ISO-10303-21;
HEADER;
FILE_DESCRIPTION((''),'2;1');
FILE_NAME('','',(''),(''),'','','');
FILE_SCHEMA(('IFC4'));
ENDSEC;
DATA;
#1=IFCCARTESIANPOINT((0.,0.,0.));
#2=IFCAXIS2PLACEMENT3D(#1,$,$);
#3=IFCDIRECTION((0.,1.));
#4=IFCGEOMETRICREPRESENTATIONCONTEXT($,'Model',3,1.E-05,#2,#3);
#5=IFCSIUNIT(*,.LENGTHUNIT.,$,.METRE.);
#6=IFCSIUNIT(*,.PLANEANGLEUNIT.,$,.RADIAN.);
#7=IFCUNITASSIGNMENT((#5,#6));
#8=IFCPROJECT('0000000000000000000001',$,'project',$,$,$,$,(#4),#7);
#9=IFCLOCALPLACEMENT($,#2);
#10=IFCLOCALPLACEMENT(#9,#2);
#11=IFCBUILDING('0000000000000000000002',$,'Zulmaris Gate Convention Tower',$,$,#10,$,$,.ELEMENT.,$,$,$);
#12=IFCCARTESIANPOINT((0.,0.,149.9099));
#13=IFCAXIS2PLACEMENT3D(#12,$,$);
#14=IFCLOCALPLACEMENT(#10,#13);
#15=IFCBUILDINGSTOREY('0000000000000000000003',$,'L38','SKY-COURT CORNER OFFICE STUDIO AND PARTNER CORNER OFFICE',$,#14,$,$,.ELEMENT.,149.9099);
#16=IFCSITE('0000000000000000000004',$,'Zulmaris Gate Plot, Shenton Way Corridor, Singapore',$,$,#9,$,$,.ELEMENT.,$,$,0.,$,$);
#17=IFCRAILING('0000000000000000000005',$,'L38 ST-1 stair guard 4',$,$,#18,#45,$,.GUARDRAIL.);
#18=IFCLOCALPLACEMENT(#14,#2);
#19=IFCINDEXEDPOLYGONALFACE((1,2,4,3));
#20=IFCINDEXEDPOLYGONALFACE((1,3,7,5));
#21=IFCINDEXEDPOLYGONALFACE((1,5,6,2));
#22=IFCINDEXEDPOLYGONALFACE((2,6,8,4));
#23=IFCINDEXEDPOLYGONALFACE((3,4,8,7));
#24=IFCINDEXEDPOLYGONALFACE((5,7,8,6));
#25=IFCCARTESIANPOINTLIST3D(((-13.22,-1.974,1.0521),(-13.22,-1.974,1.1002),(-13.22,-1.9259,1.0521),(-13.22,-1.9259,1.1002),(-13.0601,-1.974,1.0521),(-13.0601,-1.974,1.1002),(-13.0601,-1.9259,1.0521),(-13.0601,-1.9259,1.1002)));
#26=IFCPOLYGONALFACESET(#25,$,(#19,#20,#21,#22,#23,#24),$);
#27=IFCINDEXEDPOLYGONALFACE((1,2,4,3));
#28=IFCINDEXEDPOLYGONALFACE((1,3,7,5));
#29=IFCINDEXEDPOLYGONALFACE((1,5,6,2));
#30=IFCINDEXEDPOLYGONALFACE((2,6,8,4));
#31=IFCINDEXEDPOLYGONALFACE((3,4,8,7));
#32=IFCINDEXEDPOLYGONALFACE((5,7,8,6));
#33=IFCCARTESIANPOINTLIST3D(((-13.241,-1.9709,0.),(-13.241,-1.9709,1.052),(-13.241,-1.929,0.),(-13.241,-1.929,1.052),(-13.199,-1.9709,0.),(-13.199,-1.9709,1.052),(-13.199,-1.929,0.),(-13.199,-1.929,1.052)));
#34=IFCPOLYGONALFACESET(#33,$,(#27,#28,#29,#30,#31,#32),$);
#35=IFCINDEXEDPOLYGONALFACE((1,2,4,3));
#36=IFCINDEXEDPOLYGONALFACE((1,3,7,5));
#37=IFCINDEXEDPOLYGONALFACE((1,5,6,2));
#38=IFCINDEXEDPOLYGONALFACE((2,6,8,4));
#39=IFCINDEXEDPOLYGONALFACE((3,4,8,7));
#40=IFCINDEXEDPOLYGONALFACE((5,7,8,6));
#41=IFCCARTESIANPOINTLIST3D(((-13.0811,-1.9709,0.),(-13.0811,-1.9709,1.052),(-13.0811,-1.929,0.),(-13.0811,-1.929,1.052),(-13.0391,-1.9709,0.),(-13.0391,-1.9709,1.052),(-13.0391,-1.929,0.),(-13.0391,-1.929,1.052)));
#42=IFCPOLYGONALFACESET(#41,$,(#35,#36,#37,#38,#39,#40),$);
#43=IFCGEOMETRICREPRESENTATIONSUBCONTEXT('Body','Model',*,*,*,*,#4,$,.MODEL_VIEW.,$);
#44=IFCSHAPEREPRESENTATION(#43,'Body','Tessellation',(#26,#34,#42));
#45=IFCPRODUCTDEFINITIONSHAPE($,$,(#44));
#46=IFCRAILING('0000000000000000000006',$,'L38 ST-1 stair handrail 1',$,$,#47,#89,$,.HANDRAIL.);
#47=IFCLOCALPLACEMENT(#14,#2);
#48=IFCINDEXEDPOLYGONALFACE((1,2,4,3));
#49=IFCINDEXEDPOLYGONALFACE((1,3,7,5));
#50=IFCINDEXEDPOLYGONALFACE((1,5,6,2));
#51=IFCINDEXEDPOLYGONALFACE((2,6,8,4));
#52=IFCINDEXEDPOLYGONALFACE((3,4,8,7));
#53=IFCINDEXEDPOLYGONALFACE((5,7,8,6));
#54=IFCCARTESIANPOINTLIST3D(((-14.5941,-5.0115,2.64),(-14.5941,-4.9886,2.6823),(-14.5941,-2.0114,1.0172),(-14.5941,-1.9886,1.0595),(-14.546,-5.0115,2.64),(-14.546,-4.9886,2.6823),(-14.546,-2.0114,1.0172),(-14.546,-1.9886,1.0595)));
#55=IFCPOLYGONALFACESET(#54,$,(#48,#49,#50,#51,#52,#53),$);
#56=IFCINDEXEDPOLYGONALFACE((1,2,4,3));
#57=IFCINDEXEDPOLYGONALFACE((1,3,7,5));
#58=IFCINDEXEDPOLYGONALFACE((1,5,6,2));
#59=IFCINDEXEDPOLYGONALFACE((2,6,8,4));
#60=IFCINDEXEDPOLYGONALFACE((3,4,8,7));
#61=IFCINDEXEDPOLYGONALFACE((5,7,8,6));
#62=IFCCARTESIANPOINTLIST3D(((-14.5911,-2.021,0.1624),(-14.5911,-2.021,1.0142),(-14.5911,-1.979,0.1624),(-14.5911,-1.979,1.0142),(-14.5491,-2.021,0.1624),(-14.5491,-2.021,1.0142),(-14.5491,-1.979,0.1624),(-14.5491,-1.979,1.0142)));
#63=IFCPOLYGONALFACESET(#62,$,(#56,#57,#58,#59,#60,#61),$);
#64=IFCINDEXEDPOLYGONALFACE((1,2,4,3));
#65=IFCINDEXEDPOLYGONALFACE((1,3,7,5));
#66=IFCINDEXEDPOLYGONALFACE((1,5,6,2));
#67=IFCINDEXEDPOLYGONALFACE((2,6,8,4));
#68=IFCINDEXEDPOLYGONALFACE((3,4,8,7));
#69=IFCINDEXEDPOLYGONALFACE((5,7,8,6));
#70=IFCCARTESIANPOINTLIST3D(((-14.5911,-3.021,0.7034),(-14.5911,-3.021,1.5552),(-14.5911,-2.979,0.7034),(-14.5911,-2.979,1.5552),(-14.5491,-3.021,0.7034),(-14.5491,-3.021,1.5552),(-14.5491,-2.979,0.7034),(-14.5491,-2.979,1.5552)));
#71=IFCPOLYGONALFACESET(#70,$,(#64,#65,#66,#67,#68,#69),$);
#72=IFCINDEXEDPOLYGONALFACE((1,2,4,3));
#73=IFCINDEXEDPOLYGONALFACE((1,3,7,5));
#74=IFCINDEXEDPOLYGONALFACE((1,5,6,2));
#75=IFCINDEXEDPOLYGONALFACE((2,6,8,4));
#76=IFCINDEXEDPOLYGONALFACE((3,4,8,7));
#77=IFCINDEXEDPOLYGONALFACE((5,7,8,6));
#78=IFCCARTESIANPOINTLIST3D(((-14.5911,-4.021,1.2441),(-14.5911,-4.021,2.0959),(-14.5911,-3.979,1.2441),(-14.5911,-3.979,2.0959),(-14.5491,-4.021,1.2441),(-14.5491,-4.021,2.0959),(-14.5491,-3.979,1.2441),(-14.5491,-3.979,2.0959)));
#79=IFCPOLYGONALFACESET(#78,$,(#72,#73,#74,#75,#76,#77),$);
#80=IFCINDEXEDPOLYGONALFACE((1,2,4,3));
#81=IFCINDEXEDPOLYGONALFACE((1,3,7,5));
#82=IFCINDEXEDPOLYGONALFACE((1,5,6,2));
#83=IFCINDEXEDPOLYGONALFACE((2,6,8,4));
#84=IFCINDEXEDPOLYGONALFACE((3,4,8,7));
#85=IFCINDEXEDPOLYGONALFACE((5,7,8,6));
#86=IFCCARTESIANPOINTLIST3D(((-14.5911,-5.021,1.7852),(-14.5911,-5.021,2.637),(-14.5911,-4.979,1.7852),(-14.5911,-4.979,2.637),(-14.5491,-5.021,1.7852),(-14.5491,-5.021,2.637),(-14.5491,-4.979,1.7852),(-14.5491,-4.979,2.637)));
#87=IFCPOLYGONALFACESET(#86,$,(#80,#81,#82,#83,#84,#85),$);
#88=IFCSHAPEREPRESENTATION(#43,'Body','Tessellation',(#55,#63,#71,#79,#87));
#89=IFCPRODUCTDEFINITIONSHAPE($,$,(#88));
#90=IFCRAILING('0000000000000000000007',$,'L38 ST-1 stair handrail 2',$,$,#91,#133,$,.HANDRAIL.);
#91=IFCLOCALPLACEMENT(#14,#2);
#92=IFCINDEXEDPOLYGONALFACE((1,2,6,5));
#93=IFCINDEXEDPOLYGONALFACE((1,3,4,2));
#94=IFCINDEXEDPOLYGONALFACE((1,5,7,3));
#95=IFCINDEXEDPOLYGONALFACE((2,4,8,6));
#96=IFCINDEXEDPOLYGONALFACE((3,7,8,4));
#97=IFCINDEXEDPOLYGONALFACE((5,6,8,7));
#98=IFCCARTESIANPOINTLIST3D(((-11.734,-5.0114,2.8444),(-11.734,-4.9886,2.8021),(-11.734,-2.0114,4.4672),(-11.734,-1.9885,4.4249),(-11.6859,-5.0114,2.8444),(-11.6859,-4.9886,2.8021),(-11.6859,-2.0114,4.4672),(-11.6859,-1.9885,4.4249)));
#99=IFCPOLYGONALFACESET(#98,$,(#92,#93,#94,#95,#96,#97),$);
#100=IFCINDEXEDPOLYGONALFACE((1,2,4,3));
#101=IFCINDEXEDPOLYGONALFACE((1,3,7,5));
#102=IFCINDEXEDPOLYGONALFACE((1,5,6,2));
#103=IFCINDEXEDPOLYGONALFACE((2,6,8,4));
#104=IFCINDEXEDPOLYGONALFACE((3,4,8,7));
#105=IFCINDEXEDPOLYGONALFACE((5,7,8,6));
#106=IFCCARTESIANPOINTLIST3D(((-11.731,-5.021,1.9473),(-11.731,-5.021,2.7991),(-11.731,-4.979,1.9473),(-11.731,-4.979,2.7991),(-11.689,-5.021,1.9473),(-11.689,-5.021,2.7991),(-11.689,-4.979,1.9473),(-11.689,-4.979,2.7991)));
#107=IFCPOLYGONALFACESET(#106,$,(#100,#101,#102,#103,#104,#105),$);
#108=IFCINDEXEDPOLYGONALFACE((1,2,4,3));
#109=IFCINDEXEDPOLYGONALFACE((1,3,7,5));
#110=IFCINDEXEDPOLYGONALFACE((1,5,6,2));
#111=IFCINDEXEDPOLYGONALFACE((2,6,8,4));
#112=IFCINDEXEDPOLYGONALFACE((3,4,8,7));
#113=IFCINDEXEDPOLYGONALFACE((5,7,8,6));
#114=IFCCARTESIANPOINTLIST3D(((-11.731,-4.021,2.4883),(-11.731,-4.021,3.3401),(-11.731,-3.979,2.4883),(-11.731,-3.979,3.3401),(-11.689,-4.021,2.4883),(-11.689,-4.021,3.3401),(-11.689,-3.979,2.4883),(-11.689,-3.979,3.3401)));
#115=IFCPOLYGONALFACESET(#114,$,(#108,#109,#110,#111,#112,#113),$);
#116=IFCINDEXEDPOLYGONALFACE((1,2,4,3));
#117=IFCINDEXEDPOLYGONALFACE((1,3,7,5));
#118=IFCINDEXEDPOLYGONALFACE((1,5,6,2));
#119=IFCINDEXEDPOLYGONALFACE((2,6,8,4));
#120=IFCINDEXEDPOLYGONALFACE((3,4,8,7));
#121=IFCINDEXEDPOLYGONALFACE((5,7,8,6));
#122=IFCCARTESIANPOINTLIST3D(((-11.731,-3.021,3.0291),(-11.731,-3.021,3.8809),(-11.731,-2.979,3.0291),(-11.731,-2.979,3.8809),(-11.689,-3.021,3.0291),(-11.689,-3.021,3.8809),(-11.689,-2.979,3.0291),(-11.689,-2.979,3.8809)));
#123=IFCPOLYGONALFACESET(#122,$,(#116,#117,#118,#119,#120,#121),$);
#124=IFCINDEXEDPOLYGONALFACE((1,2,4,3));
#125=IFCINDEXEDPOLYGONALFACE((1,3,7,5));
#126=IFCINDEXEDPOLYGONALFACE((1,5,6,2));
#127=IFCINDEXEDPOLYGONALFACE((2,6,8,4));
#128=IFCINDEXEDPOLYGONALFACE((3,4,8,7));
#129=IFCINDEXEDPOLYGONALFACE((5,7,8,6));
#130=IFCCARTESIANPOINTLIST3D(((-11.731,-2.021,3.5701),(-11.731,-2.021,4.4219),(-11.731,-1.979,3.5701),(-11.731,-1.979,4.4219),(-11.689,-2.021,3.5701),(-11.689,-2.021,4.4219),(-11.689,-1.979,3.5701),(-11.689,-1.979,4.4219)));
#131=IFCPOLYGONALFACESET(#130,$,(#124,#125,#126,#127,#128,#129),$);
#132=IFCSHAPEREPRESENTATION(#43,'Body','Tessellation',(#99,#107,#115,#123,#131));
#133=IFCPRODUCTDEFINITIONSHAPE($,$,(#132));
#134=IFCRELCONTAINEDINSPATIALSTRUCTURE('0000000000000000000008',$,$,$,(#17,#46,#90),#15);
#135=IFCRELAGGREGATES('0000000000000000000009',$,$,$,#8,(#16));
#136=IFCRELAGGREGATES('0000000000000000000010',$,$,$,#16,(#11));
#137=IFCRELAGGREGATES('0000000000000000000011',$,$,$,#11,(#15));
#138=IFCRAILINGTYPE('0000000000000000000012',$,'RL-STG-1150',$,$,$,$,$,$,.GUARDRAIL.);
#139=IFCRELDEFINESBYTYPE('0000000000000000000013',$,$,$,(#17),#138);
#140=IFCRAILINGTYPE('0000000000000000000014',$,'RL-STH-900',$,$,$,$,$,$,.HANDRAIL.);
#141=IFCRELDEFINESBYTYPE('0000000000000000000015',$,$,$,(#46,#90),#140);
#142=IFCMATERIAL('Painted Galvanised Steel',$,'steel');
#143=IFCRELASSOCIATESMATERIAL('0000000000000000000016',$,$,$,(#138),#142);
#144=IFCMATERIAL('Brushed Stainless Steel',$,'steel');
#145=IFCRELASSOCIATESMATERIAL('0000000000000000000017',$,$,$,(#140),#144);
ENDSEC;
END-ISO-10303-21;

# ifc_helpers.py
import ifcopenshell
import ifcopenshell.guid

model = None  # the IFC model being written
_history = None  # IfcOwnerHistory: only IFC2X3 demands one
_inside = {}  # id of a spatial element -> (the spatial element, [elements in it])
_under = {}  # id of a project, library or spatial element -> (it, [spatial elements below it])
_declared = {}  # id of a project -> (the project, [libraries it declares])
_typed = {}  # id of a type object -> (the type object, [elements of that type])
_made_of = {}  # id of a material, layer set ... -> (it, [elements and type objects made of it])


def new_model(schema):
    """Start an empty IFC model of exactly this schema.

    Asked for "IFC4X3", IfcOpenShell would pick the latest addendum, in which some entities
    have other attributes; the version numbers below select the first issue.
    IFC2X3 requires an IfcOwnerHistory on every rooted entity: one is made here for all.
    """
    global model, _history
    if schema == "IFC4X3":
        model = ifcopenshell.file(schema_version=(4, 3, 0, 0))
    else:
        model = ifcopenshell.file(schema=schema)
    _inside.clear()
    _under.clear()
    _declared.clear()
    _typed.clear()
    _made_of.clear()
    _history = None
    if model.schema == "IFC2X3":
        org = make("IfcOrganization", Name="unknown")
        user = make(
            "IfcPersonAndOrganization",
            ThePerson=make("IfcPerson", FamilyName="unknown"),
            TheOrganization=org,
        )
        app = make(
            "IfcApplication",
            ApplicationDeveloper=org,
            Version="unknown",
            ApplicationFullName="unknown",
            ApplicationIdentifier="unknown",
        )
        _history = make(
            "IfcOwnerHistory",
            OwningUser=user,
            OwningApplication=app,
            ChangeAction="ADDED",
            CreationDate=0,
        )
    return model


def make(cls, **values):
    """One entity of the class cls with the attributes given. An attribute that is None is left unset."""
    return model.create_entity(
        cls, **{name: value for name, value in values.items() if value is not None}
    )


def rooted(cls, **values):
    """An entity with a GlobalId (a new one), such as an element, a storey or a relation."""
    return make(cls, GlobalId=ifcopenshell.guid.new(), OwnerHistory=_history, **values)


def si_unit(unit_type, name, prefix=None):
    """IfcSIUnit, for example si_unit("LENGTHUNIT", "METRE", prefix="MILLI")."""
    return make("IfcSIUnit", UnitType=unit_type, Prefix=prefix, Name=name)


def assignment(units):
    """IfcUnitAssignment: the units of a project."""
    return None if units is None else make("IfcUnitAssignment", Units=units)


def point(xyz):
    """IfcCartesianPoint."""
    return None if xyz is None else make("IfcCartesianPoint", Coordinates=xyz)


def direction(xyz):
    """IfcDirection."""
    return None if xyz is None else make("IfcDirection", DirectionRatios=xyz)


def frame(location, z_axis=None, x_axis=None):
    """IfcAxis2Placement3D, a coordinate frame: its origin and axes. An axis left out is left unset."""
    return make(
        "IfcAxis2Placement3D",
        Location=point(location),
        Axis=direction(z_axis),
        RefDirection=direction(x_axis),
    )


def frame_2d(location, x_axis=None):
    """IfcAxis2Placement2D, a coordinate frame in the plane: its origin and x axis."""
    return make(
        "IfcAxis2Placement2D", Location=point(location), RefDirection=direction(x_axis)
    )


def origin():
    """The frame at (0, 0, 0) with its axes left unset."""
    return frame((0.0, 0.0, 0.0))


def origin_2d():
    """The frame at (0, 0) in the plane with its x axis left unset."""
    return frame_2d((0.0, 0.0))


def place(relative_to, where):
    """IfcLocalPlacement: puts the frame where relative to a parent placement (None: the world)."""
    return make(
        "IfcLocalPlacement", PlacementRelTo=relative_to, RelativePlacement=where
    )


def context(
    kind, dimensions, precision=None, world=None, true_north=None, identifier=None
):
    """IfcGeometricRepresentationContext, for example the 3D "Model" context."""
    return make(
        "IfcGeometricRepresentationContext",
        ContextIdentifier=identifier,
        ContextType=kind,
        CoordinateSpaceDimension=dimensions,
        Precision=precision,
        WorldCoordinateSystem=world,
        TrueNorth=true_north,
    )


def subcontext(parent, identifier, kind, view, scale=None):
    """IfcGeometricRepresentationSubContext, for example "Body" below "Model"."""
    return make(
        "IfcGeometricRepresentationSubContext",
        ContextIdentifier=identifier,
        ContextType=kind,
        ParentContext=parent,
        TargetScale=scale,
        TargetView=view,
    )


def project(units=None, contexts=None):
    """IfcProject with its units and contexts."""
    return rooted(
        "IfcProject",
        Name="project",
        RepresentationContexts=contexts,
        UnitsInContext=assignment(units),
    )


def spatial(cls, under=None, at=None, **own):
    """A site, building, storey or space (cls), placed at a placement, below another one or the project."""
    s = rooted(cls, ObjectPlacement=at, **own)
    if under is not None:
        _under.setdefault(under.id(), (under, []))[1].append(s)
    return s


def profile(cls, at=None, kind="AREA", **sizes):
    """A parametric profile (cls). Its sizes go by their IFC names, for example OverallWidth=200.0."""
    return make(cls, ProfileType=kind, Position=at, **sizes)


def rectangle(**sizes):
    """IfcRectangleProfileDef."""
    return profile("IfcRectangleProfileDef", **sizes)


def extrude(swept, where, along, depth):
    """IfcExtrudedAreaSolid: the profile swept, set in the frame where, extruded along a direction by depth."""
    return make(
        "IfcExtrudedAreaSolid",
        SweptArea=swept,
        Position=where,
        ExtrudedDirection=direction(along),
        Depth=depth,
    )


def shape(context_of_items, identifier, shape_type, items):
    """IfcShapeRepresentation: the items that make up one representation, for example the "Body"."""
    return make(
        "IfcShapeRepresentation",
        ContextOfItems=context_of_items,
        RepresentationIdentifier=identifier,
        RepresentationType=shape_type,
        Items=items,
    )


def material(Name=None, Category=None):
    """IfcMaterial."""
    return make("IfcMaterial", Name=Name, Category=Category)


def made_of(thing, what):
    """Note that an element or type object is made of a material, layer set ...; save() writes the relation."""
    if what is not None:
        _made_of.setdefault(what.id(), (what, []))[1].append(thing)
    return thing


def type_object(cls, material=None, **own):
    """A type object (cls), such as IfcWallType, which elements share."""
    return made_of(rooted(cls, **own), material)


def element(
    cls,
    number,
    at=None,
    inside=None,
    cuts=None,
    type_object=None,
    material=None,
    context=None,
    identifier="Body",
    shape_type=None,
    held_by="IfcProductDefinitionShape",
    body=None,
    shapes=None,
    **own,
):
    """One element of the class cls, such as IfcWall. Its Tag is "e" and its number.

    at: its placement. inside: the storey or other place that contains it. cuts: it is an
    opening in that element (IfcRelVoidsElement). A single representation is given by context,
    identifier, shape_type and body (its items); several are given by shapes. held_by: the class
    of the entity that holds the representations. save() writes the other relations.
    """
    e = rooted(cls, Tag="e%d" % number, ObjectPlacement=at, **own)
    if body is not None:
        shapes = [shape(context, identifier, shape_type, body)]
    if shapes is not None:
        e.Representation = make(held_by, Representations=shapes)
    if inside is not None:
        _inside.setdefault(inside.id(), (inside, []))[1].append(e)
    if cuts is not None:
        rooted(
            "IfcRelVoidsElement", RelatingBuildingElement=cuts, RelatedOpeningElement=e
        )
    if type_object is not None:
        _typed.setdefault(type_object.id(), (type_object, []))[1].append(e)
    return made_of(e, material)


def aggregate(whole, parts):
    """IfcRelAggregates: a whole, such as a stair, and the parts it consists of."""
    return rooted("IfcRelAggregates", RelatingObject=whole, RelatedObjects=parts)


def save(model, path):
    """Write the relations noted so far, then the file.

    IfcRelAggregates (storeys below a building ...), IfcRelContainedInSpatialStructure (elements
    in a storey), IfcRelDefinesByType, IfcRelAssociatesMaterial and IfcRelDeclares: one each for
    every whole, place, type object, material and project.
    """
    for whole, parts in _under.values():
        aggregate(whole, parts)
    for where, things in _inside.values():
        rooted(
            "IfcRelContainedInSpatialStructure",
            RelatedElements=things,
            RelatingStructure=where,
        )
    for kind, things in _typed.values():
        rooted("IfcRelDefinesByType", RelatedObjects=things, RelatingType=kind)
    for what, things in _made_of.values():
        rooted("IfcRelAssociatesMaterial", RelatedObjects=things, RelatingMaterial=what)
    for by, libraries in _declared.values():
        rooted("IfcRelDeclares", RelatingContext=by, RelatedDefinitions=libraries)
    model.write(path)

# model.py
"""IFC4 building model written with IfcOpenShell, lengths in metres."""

from ifc_helpers import new_model, si_unit, direction, frame, origin, origin_2d, place, context, subcontext, project, spatial, rectangle, extrude, material, type_object, element, save


model = new_model("IFC4")

# Units and contexts
model_context = context("Model", 3, precision=1e-05, world=origin(), true_north=direction((0.0, 1.0)))
body_context = subcontext(model_context, "Body", "Model", "MODEL_VIEW")
ifc_project = project(units=[si_unit("LENGTHUNIT", "METRE"), si_unit("PLANEANGLEUNIT", "RADIAN")], contexts=[model_context])

# Site, building, storey
site_placement = place(None, origin())
site = spatial("IfcSite", under=ifc_project, at=site_placement, Name="Zulmaris Gate Plot, Shenton Way Corridor, Singapore", CompositionType="ELEMENT", RefElevation=0.0)
building_placement = place(site_placement, origin())
building = spatial("IfcBuilding", under=site, at=building_placement, Name="Zulmaris Gate Convention Tower", CompositionType="ELEMENT")
storey_placement = place(building_placement, frame((0.0, 0.0, 149.9099)))
storey = spatial("IfcBuildingStorey", under=building, at=storey_placement, Name="L38", Description="SKY-COURT CORNER OFFICE STUDIO AND PARTNER CORNER OFFICE", CompositionType="ELEMENT", Elevation=149.9099)

# Railings
ifc_material_1 = material(Name="Painted Galvanised Steel", Category="steel")
railing_type_1 = type_object("IfcRailingType", Name="RL-STG-1150", PredefinedType="GUARDRAIL", material=ifc_material_1)
railing_1_placement = place(storey_placement, frame((-13.22, -1.95, 0.0)))
element("IfcRailing", 1, at=railing_1_placement, inside=storey, type_object=railing_type_1, Name="L38 ST-1 stair guard 4", PredefinedType="GUARDRAIL", context=body_context, shape_type="SweptSolid", body=[
    extrude(rectangle(XDim=0.0481, YDim=0.0481, at=origin_2d()), frame((0.0, 0.0, 1.0762), z_axis=(1.0, 0.0, 0.0), x_axis=(0.0, 1.0, 0.0)), (0.0, 0.0, 1.0), 0.1599),
    extrude(rectangle(XDim=0.042, YDim=0.042, at=origin_2d()), origin(), (0.0, 0.0, 1.0), 1.052),
    extrude(rectangle(XDim=0.042, YDim=0.042, at=origin_2d()), frame((0.1599, 0.0, 0.0)), (0.0, 0.0, 1.0), 1.052),
])
ifc_material_2 = material(Name="Brushed Stainless Steel", Category="steel")
railing_type_2 = type_object("IfcRailingType", Name="RL-STH-900", PredefinedType="HANDRAIL", material=ifc_material_2)
railing_2_placement = place(storey_placement, frame((-14.5701, -2.0, 0.1624)))
element("IfcRailing", 2, at=railing_2_placement, inside=storey, type_object=railing_type_2, Name="L38 ST-1 stair handrail 1", PredefinedType="HANDRAIL", context=body_context, shape_type="SweptSolid", body=[
    extrude(rectangle(XDim=0.0481, YDim=0.0481, at=origin_2d()), frame((0.0, 0.0, 0.876), z_axis=(0.0, -0.879562, 0.475785), x_axis=(1.0, 0.0, 0.0)), (0.0, 0.0, 1.0), 3.4109),
    extrude(rectangle(XDim=0.042, YDim=0.042, at=origin_2d()), origin(), (0.0, 0.0, 1.0), 0.8518),
    extrude(rectangle(XDim=0.042, YDim=0.042, at=origin_2d()), frame((0.0, -1.0, 0.541)), (0.0, 0.0, 1.0), 0.8518),
    extrude(rectangle(XDim=0.042, YDim=0.042, at=origin_2d()), frame((0.0, -2.0, 1.0818)), (0.0, 0.0, 1.0), 0.8518),
    extrude(rectangle(XDim=0.042, YDim=0.042, at=origin_2d()), frame((0.0, -3.0, 1.6228)), (0.0, 0.0, 1.0), 0.8518),
])
railing_3_placement = place(storey_placement, frame((-11.71, -5.0, 1.9473)))
element("IfcRailing", 3, at=railing_3_placement, inside=storey, type_object=railing_type_2, Name="L38 ST-1 stair handrail 2", PredefinedType="HANDRAIL", context=body_context, shape_type="SweptSolid", body=[
    extrude(rectangle(XDim=0.0481, YDim=0.0481, at=origin_2d()), frame((0.0, 0.0, 0.876), z_axis=(0.0, 0.879562, 0.475785), x_axis=(-1.0, 0.0, 0.0)), (0.0, 0.0, 1.0), 3.4109),
    extrude(rectangle(XDim=0.042, YDim=0.042, at=origin_2d()), origin(), (0.0, 0.0, 1.0), 0.8518),
    extrude(rectangle(XDim=0.042, YDim=0.042, at=origin_2d()), frame((0.0, 1.0, 0.541)), (0.0, 0.0, 1.0), 0.8518),
    extrude(rectangle(XDim=0.042, YDim=0.042, at=origin_2d()), frame((0.0, 2.0, 1.0818)), (0.0, 0.0, 1.0), 0.8518),
    extrude(rectangle(XDim=0.042, YDim=0.042, at=origin_2d()), frame((0.0, 3.0, 1.6228)), (0.0, 0.0, 1.0), 0.8518),
])

save(model, "model.ifc")
